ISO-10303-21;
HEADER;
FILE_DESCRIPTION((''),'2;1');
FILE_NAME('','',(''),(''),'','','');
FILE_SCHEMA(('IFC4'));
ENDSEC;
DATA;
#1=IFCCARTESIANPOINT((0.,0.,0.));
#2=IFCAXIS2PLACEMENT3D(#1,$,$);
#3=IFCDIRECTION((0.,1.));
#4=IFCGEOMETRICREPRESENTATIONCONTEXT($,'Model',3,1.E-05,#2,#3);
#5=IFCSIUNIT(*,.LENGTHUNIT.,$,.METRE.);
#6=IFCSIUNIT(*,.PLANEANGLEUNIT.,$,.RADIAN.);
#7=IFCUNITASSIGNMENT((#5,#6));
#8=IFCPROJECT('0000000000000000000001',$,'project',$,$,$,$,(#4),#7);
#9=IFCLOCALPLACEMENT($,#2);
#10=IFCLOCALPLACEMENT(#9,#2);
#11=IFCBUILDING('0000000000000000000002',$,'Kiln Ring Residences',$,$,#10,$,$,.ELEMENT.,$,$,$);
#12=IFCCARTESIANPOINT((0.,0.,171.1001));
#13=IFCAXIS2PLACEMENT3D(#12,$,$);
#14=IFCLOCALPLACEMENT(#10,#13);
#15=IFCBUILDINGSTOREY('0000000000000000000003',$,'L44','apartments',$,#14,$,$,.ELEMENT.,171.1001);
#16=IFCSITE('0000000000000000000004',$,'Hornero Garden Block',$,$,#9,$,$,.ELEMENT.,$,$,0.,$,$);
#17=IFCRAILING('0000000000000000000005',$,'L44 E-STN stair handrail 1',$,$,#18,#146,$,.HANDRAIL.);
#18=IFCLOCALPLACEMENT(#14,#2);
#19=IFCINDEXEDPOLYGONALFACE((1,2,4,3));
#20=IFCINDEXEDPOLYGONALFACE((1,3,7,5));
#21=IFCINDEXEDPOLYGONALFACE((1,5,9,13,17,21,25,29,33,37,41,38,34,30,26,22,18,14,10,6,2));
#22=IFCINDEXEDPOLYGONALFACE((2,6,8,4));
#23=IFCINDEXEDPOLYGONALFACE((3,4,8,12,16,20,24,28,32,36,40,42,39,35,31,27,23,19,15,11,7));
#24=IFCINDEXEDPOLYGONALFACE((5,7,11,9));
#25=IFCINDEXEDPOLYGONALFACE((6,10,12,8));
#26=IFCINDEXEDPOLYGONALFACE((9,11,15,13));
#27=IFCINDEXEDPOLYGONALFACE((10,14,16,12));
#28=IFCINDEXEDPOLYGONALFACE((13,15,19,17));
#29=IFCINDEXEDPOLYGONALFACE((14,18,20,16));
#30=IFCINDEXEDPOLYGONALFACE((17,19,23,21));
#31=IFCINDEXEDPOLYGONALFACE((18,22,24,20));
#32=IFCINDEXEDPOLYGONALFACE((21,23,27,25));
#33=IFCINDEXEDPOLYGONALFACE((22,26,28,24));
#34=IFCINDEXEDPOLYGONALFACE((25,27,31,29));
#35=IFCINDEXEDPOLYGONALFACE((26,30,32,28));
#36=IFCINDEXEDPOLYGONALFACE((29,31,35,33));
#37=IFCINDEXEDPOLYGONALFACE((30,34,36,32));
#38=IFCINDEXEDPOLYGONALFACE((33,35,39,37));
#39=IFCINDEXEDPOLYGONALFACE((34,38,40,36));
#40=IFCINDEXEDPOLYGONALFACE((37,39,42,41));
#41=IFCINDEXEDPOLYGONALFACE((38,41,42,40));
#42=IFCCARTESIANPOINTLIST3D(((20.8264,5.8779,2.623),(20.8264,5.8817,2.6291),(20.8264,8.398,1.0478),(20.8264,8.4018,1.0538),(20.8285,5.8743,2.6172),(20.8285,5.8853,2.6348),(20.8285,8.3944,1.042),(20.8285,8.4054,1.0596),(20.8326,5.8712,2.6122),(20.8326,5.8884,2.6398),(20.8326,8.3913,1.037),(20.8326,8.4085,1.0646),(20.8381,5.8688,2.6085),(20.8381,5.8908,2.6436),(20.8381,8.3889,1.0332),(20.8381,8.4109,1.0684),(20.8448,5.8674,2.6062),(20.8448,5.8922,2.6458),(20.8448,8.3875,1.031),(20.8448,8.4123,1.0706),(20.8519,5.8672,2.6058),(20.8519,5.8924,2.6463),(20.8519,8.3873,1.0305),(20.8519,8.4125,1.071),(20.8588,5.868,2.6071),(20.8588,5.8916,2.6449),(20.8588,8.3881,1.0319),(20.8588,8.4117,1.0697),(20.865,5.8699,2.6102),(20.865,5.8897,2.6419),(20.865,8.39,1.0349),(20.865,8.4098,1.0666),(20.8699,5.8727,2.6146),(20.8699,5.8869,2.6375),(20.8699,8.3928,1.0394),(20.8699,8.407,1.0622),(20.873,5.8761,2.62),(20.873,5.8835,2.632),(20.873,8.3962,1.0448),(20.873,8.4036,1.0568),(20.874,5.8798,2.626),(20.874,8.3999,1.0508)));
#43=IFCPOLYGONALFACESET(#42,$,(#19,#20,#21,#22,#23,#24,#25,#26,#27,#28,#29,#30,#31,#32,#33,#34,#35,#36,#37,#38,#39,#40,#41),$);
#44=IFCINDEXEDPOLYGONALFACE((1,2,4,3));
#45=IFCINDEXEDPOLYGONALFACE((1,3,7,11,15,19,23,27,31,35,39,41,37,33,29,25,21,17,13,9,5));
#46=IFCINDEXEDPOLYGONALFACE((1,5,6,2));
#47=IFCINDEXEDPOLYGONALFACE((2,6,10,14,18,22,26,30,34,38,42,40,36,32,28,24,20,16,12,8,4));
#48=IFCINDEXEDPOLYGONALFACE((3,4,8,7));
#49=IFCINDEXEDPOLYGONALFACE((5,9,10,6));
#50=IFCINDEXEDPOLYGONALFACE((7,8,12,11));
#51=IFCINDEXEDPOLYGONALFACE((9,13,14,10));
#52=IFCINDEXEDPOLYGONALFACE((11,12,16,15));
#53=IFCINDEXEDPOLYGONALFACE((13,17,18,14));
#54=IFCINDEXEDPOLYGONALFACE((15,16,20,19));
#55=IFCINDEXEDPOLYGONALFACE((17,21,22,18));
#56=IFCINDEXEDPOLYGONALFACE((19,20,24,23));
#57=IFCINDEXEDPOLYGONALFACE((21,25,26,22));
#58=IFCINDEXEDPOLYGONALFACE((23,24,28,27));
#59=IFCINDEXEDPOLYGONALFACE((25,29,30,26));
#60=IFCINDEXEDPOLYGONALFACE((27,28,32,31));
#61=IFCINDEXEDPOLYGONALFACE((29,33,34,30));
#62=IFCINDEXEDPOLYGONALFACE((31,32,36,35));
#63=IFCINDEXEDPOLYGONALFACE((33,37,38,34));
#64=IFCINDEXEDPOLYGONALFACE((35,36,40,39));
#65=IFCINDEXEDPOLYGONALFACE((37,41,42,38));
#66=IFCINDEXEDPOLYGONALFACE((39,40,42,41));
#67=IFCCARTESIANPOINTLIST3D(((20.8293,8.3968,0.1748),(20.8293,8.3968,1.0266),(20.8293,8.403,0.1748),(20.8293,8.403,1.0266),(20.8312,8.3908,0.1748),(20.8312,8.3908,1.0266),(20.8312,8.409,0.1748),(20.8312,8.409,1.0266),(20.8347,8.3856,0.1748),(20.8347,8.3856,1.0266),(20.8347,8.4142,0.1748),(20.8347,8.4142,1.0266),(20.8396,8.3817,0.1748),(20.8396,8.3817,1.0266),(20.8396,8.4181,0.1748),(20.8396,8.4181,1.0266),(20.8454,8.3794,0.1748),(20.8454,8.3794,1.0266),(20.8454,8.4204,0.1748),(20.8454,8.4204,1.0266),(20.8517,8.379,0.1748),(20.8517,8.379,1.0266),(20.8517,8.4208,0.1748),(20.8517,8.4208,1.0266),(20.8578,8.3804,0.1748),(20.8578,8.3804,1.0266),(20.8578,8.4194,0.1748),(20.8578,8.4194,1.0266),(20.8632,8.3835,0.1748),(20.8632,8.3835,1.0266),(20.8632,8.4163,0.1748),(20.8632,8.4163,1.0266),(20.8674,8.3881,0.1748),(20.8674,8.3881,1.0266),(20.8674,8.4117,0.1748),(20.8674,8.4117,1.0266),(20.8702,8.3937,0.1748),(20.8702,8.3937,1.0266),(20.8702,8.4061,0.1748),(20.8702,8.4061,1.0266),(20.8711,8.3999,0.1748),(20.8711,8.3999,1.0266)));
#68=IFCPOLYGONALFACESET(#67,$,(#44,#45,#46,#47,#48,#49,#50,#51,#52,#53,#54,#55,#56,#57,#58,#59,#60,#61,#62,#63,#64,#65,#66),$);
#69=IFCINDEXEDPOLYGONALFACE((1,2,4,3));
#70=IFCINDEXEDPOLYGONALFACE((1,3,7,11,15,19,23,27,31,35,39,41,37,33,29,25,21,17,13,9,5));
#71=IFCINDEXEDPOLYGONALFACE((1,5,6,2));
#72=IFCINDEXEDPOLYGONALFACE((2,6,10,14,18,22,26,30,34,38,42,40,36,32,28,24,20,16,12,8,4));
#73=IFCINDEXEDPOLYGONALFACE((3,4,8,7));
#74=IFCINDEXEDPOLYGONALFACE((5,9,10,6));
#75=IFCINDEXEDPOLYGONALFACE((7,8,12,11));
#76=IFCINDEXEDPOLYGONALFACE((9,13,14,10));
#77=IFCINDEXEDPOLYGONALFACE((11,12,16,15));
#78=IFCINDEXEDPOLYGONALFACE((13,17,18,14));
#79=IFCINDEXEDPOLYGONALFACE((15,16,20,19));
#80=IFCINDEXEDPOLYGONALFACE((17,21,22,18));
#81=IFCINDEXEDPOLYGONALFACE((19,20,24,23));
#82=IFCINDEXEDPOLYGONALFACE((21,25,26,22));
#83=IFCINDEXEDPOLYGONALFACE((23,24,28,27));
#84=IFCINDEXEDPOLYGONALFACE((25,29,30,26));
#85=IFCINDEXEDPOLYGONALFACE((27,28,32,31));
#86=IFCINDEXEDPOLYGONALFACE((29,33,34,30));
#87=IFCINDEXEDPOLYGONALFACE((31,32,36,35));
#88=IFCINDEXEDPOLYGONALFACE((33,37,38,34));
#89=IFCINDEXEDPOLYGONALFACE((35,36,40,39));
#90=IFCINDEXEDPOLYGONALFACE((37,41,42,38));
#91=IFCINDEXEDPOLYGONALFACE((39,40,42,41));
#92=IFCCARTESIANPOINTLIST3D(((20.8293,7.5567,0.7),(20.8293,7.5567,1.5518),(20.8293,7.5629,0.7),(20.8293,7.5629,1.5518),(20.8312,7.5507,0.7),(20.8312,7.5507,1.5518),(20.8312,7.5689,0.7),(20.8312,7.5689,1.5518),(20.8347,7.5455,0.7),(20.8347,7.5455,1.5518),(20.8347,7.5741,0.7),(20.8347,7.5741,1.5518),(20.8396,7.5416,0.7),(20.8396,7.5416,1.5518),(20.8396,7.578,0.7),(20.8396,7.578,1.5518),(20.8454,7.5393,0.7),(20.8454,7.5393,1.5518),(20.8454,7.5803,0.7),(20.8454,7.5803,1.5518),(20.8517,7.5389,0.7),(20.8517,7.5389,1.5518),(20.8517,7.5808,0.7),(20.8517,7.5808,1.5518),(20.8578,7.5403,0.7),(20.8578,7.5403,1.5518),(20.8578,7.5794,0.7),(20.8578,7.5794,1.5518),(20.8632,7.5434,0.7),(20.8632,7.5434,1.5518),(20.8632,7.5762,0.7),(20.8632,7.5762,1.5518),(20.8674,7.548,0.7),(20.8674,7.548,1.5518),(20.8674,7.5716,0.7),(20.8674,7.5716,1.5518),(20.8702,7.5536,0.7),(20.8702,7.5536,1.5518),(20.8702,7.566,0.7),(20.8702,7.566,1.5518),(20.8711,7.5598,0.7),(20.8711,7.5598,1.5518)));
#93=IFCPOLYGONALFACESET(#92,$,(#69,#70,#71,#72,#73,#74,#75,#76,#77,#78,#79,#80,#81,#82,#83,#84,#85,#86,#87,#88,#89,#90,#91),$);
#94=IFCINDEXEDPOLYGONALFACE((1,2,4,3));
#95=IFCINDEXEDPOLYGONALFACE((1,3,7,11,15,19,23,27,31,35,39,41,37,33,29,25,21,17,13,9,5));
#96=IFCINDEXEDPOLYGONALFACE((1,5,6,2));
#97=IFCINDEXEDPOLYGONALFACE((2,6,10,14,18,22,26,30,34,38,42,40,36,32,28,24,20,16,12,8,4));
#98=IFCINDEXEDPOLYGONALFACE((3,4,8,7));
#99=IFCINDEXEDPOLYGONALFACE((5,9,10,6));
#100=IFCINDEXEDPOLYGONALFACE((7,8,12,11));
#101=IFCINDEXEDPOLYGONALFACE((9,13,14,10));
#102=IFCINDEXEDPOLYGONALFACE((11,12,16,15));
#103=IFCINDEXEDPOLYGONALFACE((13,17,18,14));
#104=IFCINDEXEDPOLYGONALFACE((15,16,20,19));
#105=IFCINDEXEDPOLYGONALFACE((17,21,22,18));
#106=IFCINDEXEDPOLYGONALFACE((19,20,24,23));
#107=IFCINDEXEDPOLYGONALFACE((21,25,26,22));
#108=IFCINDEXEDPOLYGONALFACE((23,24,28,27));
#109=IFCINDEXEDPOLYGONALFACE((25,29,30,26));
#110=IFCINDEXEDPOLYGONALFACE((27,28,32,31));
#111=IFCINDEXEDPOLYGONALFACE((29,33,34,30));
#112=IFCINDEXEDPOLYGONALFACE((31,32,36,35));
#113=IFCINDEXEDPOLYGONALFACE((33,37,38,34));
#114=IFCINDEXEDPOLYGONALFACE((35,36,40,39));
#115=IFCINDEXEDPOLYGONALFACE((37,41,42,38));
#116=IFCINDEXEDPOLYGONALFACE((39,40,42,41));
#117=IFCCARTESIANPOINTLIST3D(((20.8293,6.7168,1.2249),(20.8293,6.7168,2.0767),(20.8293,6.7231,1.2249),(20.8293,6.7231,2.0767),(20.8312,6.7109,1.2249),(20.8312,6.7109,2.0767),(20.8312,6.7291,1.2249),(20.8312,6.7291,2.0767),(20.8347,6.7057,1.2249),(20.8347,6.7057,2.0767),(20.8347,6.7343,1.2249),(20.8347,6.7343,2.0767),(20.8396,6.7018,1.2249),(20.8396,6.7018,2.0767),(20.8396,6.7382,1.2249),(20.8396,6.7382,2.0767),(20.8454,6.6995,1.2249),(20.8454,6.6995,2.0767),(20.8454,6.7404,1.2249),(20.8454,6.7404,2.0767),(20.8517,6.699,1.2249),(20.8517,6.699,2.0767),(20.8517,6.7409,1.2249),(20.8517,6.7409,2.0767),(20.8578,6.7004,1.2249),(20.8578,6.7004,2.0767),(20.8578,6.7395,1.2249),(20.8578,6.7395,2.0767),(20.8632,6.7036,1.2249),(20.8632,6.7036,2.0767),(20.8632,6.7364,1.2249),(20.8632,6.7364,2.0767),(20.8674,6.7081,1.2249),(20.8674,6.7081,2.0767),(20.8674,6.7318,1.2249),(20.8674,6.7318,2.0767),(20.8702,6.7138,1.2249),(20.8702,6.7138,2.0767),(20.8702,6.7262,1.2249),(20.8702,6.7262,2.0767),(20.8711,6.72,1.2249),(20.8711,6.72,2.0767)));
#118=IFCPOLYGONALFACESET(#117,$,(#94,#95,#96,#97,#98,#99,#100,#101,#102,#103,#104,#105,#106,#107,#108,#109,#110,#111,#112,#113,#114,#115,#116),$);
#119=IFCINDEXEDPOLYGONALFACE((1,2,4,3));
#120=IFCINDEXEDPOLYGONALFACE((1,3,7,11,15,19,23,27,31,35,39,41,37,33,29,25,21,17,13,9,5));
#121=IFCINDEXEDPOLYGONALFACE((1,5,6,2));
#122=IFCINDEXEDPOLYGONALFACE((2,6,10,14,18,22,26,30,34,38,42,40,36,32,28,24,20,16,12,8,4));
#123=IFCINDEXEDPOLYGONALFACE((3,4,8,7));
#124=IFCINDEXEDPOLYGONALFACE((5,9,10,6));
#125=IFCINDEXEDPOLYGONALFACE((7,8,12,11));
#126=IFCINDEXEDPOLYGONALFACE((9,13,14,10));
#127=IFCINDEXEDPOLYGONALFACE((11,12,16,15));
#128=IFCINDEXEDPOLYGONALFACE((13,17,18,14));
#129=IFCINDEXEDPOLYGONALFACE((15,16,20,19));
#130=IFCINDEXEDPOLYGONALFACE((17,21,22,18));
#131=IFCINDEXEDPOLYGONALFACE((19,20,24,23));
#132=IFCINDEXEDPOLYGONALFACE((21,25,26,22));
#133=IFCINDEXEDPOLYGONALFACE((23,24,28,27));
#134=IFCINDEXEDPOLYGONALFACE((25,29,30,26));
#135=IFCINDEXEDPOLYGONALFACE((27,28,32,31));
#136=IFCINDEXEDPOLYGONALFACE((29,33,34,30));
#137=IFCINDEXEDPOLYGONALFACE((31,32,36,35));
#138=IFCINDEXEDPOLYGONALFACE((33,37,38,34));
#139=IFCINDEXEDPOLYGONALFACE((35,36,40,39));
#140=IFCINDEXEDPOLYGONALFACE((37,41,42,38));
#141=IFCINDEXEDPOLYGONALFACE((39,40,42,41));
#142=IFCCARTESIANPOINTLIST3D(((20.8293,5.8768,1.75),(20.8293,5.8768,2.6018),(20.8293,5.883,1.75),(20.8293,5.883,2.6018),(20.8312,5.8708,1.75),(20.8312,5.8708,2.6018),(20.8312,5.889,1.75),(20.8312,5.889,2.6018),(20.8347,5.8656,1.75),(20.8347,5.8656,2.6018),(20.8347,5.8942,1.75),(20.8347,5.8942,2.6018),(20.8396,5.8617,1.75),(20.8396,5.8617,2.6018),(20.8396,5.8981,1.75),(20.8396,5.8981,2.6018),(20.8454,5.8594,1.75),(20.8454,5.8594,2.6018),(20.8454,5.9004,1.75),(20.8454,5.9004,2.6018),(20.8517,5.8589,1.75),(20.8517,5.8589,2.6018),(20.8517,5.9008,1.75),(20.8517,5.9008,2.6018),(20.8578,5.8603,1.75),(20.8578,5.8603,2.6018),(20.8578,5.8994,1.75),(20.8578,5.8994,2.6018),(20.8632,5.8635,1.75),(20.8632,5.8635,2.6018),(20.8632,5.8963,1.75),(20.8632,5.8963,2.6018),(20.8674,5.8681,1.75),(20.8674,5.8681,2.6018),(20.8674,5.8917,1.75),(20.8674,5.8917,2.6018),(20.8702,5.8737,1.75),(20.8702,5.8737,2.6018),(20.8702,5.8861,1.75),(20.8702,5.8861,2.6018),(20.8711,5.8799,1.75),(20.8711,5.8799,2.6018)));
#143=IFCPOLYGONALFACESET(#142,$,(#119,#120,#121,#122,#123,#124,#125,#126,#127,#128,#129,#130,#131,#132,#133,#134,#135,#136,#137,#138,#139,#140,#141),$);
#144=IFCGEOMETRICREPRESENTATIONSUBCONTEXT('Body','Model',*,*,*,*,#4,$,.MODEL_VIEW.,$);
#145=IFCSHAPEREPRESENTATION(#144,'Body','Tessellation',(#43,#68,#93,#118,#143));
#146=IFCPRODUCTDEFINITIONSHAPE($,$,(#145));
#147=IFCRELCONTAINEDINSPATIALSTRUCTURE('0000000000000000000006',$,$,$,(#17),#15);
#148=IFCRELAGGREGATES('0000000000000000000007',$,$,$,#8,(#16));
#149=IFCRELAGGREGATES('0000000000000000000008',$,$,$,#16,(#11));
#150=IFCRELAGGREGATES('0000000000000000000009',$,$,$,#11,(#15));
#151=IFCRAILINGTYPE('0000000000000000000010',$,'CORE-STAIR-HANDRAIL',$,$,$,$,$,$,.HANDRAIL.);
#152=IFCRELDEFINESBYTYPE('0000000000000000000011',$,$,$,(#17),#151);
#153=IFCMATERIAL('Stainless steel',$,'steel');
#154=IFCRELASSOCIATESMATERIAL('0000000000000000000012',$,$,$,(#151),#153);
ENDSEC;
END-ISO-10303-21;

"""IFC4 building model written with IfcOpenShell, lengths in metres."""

from ifc_helpers import new_model, si_unit, direction, frame, origin, origin_2d, place, context, subcontext, project, spatial, circle, extrude, material, type_object, element, save


model = new_model("IFC4")

# Units and contexts
model_context = context("Model", 3, precision=1e-05, world=origin(), true_north=direction((0.0, 1.0)))
body_context = subcontext(model_context, "Body", "Model", "MODEL_VIEW")
ifc_project = project(units=[si_unit("LENGTHUNIT", "METRE"), si_unit("PLANEANGLEUNIT", "RADIAN")], contexts=[model_context])

# Site, building, storey
site_placement = place(None, origin())
site = spatial("IfcSite", under=ifc_project, at=site_placement, Name="Hornero Garden Block", CompositionType="ELEMENT", RefElevation=0.0)
building_placement = place(site_placement, origin())
building = spatial("IfcBuilding", under=site, at=building_placement, Name="Kiln Ring Residences", CompositionType="ELEMENT")
storey_placement = place(building_placement, frame((0.0, 0.0, 171.1001)))
storey = spatial("IfcBuildingStorey", under=building, at=storey_placement, Name="L44", Description="apartments", CompositionType="ELEMENT", Elevation=171.1001)

# Railing
ifc_material_1 = material(Name="Stainless steel", Category="steel")
railing_type_1 = type_object("IfcRailingType", Name="CORE-STAIR-HANDRAIL", PredefinedType="HANDRAIL", material=ifc_material_1)
railing_1_placement = place(storey_placement, frame((20.8501, 8.3999, 0.1748)))
element("IfcRailing", 1, at=railing_1_placement, inside=storey, type_object=railing_type_1, Name="L44 E-STN stair handrail 1", PredefinedType="HANDRAIL", context=body_context, shape_type="SweptSolid", body=[
    extrude(circle(Radius=0.0239, at=origin_2d()), frame((0.0, 0.0, 0.876), z_axis=(0.0, -0.847971, 0.530043), x_axis=(1.0, 0.0, 0.0)), (0.0, 0.0, 1.0), 2.9719),
    extrude(circle(Radius=0.021, at=origin_2d()), origin(), (0.0, 0.0, 1.0), 0.8518),
    extrude(circle(Radius=0.021, at=origin_2d()), frame((0.0, -0.8401, 0.5251)), (0.0, 0.0, 1.0), 0.8518),
    extrude(circle(Radius=0.021, at=origin_2d()), frame((0.0, -1.6799, 1.05)), (0.0, 0.0, 1.0), 0.8518),
    extrude(circle(Radius=0.021, at=origin_2d()), frame((0.0, -2.52, 1.5752)), (0.0, 0.0, 1.0), 0.8518),
])

save(model, "model.ifc")
